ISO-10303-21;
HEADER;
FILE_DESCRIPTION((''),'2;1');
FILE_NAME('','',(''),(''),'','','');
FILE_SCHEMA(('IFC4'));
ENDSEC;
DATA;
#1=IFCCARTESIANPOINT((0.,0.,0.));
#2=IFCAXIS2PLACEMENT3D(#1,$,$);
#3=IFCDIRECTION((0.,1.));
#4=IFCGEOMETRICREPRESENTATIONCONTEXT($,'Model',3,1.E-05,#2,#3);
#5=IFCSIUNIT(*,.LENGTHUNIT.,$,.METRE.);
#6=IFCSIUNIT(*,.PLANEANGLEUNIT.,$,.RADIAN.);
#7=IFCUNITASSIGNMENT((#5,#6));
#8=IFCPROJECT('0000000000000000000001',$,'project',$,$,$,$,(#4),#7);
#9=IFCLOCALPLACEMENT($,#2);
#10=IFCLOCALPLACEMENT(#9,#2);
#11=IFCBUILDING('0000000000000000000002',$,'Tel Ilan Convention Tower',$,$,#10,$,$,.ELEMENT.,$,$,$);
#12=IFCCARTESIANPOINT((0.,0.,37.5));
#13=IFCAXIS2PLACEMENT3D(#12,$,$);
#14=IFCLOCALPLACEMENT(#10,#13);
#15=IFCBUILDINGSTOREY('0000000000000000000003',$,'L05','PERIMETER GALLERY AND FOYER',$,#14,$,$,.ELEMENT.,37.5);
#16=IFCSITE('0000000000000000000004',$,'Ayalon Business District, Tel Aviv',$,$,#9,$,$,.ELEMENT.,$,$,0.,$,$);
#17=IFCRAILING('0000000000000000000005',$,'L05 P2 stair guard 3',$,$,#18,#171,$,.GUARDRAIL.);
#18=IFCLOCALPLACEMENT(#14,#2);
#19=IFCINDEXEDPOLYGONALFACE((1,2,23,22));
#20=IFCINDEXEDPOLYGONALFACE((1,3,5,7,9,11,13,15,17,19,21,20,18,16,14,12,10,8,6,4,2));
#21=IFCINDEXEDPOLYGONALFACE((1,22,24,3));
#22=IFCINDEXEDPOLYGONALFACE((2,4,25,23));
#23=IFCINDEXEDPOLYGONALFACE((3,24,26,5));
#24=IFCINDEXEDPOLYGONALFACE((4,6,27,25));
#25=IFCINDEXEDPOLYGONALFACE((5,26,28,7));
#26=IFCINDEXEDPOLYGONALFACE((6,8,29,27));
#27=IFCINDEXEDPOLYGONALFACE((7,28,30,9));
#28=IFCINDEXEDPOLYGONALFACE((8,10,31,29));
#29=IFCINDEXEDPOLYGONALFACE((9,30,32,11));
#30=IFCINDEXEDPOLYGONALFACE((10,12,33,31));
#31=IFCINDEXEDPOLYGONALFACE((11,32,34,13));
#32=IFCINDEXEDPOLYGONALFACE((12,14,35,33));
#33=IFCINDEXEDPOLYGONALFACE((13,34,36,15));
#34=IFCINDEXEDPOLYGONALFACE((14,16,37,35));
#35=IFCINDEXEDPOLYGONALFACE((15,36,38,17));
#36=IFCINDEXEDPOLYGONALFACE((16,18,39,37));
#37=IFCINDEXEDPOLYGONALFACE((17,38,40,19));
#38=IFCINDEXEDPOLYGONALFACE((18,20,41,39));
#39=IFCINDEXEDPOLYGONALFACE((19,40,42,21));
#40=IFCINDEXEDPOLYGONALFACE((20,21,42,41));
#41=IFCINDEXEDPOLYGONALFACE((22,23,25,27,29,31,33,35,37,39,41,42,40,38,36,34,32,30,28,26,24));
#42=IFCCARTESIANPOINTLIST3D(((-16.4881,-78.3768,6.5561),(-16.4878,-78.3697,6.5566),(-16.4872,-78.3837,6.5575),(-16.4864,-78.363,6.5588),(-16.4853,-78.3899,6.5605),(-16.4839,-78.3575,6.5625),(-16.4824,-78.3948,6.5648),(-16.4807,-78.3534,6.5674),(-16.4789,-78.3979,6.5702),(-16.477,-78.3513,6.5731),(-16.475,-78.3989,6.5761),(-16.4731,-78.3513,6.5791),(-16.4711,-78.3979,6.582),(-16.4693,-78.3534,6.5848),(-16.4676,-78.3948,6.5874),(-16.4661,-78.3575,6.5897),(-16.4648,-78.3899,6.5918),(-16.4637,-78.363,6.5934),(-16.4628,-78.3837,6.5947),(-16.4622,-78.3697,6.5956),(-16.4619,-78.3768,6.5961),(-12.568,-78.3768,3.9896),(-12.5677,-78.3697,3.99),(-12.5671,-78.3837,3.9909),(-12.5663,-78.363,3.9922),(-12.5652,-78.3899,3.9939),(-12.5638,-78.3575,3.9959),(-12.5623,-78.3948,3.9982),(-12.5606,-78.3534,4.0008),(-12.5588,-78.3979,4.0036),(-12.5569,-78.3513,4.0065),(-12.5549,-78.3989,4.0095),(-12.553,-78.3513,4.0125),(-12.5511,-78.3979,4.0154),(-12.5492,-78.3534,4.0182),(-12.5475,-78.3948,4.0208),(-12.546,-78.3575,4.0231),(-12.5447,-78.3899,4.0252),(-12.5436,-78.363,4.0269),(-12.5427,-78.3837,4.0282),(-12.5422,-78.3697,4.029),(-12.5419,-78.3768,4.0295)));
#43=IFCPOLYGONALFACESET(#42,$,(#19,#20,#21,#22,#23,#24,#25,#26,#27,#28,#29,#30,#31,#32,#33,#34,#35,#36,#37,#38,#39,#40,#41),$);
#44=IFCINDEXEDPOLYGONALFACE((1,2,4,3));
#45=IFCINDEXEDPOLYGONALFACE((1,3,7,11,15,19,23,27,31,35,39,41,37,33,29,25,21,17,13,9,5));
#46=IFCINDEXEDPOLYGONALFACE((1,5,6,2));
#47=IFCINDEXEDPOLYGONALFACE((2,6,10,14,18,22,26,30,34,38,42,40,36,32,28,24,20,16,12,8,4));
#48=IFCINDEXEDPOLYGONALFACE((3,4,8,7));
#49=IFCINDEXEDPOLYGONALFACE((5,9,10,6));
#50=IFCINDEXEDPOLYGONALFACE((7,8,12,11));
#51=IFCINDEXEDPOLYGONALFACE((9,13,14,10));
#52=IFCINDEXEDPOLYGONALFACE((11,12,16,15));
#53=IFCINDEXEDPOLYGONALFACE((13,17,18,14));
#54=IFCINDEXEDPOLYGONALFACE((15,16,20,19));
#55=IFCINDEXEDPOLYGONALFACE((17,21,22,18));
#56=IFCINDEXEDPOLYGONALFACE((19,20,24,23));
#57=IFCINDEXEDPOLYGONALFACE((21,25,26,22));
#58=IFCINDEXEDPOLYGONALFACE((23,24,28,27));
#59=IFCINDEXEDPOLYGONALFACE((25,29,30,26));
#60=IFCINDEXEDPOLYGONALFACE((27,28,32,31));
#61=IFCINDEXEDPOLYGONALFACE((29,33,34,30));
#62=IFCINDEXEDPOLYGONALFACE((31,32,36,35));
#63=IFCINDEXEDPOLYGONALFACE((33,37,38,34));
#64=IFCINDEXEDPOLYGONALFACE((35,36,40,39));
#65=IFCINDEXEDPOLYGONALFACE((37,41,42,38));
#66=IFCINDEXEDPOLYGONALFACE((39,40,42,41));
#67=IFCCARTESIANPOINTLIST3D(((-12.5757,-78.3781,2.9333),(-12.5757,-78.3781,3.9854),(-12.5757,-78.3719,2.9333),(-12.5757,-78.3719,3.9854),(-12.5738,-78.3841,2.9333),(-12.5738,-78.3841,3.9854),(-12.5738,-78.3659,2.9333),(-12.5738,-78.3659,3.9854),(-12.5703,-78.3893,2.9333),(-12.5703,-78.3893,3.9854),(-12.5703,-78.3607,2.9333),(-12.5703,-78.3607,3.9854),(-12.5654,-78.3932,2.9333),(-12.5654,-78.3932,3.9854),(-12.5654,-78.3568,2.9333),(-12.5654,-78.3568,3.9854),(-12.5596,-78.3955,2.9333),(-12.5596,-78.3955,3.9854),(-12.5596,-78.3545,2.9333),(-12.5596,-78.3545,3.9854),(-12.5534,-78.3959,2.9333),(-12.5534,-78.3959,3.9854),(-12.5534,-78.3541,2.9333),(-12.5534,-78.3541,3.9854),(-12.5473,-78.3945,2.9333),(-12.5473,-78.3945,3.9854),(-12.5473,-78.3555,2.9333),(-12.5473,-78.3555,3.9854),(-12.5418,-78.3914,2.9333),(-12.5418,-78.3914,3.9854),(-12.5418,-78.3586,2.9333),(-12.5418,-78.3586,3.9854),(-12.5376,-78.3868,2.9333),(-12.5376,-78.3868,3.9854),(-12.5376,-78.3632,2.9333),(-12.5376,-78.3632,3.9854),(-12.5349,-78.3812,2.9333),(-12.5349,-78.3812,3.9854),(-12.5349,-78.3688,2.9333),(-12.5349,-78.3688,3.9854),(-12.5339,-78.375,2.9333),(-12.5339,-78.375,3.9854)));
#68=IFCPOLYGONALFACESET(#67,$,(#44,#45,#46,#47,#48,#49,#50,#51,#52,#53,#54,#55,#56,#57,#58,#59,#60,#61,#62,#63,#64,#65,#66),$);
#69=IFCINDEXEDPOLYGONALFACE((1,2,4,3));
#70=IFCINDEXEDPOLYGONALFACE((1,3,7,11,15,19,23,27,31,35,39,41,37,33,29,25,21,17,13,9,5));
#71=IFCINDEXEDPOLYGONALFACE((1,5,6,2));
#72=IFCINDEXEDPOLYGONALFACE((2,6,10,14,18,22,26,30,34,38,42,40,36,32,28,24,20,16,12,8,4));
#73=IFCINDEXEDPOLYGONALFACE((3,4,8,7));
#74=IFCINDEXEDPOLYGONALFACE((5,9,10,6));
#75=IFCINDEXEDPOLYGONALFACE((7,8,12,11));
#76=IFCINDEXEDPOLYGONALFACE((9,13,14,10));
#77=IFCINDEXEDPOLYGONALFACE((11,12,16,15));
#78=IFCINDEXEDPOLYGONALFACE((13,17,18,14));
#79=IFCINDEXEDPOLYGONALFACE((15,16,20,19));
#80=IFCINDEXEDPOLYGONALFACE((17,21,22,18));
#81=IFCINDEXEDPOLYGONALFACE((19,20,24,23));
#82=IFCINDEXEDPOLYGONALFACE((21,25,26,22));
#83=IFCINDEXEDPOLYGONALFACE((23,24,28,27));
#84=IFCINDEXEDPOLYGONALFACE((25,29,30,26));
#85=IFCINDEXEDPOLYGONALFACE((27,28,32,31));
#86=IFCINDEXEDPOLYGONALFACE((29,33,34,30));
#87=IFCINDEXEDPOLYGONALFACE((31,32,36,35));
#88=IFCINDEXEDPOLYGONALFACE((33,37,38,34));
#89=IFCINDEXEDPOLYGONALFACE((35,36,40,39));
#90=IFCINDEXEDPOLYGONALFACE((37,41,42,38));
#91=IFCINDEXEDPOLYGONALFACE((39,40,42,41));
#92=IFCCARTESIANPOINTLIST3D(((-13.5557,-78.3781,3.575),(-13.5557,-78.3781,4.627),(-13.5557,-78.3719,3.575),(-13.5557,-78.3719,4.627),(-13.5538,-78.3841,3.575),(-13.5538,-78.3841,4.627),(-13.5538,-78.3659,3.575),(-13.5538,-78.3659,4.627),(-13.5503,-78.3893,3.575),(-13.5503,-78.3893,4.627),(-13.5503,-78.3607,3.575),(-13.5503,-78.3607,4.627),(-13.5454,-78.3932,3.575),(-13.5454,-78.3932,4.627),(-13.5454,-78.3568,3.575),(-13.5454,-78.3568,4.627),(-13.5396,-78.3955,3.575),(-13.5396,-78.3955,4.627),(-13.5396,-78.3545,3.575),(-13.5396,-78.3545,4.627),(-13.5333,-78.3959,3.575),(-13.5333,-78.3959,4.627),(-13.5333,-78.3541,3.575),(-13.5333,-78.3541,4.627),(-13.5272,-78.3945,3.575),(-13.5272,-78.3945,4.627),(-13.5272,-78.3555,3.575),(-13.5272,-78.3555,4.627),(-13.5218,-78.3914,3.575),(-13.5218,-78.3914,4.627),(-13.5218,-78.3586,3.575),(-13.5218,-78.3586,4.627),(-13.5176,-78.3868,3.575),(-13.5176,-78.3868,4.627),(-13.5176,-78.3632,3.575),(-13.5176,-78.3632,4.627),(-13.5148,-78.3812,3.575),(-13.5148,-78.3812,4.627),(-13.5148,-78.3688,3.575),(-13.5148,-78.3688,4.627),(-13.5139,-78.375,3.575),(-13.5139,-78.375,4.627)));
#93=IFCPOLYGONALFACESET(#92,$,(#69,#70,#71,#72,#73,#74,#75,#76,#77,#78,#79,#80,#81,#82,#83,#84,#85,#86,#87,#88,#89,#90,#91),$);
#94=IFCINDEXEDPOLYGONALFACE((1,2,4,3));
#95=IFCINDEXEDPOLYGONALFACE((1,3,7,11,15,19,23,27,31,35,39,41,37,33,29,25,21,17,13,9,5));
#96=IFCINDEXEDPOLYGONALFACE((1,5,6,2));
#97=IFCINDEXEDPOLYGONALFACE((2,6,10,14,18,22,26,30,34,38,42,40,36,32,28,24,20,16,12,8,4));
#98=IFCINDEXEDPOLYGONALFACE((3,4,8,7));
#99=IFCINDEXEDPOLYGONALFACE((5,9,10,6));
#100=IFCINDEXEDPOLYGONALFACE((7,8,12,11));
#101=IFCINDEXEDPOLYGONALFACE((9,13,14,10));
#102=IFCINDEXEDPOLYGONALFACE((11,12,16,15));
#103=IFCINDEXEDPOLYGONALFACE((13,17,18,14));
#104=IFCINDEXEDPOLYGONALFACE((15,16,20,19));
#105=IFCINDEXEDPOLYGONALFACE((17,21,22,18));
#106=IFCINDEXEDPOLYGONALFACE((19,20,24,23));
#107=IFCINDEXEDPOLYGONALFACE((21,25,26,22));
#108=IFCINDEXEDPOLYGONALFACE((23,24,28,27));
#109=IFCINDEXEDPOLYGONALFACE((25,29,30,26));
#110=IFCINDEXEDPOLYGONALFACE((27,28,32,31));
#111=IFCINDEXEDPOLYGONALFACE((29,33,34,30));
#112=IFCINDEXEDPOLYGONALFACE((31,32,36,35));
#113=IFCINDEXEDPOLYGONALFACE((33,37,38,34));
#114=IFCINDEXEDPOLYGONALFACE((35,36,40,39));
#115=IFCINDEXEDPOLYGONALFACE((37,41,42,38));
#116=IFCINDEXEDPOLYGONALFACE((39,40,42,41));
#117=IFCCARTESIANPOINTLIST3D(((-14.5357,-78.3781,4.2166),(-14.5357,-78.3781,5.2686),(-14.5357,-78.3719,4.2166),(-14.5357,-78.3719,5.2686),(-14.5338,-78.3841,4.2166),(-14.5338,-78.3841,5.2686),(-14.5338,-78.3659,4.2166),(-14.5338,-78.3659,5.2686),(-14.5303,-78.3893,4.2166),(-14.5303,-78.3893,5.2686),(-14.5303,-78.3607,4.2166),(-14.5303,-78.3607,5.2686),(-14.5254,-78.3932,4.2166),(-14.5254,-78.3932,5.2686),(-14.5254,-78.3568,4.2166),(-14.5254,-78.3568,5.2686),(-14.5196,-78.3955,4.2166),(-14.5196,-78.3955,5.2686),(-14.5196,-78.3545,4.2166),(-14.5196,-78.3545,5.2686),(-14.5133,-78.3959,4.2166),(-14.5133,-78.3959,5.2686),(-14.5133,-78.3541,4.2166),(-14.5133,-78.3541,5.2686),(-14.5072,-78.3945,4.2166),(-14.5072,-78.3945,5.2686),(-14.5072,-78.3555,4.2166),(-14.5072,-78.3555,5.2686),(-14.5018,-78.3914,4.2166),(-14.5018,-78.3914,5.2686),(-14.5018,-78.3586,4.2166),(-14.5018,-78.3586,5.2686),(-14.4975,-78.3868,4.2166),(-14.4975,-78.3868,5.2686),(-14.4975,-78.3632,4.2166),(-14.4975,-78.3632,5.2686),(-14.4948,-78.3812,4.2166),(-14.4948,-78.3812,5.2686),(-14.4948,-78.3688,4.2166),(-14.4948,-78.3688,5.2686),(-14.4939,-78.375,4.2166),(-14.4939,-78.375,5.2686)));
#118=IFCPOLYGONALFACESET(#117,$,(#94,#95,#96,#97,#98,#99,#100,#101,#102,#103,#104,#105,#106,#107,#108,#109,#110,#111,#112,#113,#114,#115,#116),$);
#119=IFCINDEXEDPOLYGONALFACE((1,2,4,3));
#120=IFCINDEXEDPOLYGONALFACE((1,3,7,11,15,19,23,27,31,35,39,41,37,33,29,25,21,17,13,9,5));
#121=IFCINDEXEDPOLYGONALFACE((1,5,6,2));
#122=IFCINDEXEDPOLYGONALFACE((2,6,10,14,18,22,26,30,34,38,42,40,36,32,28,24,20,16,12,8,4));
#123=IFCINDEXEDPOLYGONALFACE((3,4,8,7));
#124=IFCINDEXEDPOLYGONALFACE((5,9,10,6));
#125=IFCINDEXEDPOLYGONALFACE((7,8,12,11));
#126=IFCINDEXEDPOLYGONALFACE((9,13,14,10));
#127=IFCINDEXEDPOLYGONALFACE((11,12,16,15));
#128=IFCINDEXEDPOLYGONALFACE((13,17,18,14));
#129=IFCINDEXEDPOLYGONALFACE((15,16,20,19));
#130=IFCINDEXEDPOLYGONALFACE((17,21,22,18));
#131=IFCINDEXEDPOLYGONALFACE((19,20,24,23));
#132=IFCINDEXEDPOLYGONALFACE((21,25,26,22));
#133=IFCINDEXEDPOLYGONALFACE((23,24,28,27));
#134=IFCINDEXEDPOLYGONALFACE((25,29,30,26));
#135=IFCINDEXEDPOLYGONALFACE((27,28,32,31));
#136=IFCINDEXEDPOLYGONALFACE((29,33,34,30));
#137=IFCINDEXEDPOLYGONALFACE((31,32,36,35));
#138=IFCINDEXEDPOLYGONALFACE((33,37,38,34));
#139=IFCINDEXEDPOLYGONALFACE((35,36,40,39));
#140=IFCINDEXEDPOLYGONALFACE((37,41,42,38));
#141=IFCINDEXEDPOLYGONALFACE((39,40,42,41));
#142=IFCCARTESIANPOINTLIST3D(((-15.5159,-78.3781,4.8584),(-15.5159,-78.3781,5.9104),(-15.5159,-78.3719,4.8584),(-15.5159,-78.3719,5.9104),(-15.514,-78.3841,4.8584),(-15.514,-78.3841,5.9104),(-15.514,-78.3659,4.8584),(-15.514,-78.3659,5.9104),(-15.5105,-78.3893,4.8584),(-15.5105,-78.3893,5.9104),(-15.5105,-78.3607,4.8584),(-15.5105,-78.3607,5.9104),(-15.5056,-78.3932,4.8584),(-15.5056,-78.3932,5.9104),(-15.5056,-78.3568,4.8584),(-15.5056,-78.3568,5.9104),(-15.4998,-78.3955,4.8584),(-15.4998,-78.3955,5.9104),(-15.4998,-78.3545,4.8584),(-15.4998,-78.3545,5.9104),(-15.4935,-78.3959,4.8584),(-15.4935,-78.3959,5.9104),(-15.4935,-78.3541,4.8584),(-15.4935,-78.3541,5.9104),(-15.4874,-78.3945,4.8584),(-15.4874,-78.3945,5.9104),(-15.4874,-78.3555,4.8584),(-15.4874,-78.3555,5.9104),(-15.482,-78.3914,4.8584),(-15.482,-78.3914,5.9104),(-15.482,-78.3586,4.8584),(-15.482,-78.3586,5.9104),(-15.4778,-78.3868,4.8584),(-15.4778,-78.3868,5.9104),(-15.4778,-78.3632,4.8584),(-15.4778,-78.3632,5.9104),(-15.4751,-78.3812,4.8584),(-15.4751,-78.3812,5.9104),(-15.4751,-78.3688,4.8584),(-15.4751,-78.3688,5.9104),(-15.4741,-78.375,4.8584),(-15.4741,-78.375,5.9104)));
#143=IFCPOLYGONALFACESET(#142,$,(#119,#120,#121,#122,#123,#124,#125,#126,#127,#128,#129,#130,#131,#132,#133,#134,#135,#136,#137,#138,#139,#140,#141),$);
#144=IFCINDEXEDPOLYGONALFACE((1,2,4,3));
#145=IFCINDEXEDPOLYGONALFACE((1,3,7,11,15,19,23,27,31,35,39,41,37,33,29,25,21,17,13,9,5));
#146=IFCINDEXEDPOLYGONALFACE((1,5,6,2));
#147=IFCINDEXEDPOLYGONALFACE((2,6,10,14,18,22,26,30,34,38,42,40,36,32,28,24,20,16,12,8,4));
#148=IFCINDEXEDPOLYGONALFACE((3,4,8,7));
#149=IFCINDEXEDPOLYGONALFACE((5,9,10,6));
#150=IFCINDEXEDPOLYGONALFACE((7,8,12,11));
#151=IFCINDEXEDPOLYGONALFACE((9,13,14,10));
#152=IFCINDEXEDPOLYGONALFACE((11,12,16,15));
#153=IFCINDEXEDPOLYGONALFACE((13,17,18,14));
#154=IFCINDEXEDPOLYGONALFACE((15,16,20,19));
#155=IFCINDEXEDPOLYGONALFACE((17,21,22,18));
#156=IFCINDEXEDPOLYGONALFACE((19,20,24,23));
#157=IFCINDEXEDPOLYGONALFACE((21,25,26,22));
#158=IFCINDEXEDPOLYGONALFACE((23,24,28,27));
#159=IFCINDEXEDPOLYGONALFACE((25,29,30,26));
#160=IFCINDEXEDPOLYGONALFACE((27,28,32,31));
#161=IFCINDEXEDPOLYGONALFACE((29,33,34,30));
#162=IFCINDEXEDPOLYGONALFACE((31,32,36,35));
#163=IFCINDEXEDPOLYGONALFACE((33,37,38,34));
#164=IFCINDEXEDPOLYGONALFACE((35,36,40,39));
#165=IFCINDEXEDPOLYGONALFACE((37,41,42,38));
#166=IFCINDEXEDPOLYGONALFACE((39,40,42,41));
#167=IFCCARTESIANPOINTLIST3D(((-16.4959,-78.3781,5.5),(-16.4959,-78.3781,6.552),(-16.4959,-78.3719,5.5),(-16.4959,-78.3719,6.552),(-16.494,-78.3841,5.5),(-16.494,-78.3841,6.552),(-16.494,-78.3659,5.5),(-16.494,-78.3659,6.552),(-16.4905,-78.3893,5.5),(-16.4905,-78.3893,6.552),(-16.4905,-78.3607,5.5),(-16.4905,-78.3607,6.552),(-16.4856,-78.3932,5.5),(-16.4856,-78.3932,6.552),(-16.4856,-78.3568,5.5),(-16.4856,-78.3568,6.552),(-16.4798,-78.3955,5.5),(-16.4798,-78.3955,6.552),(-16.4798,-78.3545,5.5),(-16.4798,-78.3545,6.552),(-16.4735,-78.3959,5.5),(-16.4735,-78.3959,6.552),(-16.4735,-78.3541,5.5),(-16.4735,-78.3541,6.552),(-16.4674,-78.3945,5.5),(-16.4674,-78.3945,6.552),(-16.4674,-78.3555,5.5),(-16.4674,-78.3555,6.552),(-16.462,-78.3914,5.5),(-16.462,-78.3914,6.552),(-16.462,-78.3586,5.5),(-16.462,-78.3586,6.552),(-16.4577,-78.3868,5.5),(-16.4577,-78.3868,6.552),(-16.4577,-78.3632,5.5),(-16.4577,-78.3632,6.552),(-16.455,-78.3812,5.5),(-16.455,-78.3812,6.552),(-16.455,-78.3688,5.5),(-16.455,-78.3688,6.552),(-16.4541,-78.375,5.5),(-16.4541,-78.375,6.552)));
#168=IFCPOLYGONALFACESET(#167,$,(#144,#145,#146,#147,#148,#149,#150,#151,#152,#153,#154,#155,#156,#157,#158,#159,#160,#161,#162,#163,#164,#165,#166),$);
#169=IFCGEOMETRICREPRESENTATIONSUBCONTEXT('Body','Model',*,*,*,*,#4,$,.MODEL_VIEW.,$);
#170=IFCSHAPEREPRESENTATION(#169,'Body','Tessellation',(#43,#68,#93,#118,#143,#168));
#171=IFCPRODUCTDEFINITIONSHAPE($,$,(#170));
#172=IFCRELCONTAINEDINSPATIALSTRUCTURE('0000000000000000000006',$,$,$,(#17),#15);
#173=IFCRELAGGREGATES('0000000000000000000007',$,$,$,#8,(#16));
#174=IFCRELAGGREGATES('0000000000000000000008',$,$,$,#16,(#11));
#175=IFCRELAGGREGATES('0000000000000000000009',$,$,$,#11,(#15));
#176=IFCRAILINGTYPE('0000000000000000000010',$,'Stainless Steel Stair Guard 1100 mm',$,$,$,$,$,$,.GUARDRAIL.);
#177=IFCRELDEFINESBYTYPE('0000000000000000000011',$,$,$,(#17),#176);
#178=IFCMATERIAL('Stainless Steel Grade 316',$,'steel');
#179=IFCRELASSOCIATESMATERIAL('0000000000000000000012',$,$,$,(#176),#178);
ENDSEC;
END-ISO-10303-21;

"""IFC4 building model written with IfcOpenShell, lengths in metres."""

from ifc_helpers import new_model, si_unit, direction, frame, origin, origin_2d, place, context, subcontext, project, spatial, circle, extrude, material, type_object, element, save


model = new_model("IFC4")

# Units and contexts
model_context = context("Model", 3, precision=1e-05, world=origin(), true_north=direction((0.0, 1.0)))
body_context = subcontext(model_context, "Body", "Model", "MODEL_VIEW")
ifc_project = project(units=[si_unit("LENGTHUNIT", "METRE"), si_unit("PLANEANGLEUNIT", "RADIAN")], contexts=[model_context])

# Site, building, storey
site_placement = place(None, origin())
site = spatial("IfcSite", under=ifc_project, at=site_placement, Name="Ayalon Business District, Tel Aviv", CompositionType="ELEMENT", RefElevation=0.0)
building_placement = place(site_placement, origin())
building = spatial("IfcBuilding", under=site, at=building_placement, Name="Tel Ilan Convention Tower", CompositionType="ELEMENT")
storey_placement = place(building_placement, frame((0.0, 0.0, 37.5)))
storey = spatial("IfcBuildingStorey", under=building, at=storey_placement, Name="L05", Description="PERIMETER GALLERY AND FOYER", CompositionType="ELEMENT", Elevation=37.5)

# Railing
ifc_material_1 = material(Name="Stainless Steel Grade 316", Category="steel")
railing_type_1 = type_object("IfcRailingType", Name="Stainless Steel Stair Guard 1100 mm", PredefinedType="GUARDRAIL", material=ifc_material_1)
railing_1_placement = place(storey_placement, frame((-12.5549, -78.375, 2.9333)))
element("IfcRailing", 1, at=railing_1_placement, inside=storey, type_object=railing_type_1, Name="L05 P2 stair guard 3", PredefinedType="GUARDRAIL", context=body_context, shape_type="SweptSolid", body=[
    extrude(circle(Radius=0.0239, at=origin_2d()), frame((0.0, 0.0, 1.0762), z_axis=(-0.836631, 0.0, 0.547767), x_axis=(0.0, -1.0, 0.0)), (0.0, 0.0, 1.0), 4.6855),
    extrude(circle(Radius=0.021, at=origin_2d()), origin(), (0.0, 0.0, 1.0), 1.052),
    extrude(circle(Radius=0.021, at=origin_2d()), frame((-0.98, 0.0, 0.6416)), (0.0, 0.0, 1.0), 1.052),
    extrude(circle(Radius=0.021, at=origin_2d()), frame((-1.96, 0.0, 1.2832)), (0.0, 0.0, 1.0), 1.052),
    extrude(circle(Radius=0.021, at=origin_2d()), frame((-2.9402, 0.0, 1.925)), (0.0, 0.0, 1.0), 1.052),
    extrude(circle(Radius=0.021, at=origin_2d()), frame((-3.9202, 0.0, 2.5667)), (0.0, 0.0, 1.0), 1.052),
])

save(model, "model.ifc")
